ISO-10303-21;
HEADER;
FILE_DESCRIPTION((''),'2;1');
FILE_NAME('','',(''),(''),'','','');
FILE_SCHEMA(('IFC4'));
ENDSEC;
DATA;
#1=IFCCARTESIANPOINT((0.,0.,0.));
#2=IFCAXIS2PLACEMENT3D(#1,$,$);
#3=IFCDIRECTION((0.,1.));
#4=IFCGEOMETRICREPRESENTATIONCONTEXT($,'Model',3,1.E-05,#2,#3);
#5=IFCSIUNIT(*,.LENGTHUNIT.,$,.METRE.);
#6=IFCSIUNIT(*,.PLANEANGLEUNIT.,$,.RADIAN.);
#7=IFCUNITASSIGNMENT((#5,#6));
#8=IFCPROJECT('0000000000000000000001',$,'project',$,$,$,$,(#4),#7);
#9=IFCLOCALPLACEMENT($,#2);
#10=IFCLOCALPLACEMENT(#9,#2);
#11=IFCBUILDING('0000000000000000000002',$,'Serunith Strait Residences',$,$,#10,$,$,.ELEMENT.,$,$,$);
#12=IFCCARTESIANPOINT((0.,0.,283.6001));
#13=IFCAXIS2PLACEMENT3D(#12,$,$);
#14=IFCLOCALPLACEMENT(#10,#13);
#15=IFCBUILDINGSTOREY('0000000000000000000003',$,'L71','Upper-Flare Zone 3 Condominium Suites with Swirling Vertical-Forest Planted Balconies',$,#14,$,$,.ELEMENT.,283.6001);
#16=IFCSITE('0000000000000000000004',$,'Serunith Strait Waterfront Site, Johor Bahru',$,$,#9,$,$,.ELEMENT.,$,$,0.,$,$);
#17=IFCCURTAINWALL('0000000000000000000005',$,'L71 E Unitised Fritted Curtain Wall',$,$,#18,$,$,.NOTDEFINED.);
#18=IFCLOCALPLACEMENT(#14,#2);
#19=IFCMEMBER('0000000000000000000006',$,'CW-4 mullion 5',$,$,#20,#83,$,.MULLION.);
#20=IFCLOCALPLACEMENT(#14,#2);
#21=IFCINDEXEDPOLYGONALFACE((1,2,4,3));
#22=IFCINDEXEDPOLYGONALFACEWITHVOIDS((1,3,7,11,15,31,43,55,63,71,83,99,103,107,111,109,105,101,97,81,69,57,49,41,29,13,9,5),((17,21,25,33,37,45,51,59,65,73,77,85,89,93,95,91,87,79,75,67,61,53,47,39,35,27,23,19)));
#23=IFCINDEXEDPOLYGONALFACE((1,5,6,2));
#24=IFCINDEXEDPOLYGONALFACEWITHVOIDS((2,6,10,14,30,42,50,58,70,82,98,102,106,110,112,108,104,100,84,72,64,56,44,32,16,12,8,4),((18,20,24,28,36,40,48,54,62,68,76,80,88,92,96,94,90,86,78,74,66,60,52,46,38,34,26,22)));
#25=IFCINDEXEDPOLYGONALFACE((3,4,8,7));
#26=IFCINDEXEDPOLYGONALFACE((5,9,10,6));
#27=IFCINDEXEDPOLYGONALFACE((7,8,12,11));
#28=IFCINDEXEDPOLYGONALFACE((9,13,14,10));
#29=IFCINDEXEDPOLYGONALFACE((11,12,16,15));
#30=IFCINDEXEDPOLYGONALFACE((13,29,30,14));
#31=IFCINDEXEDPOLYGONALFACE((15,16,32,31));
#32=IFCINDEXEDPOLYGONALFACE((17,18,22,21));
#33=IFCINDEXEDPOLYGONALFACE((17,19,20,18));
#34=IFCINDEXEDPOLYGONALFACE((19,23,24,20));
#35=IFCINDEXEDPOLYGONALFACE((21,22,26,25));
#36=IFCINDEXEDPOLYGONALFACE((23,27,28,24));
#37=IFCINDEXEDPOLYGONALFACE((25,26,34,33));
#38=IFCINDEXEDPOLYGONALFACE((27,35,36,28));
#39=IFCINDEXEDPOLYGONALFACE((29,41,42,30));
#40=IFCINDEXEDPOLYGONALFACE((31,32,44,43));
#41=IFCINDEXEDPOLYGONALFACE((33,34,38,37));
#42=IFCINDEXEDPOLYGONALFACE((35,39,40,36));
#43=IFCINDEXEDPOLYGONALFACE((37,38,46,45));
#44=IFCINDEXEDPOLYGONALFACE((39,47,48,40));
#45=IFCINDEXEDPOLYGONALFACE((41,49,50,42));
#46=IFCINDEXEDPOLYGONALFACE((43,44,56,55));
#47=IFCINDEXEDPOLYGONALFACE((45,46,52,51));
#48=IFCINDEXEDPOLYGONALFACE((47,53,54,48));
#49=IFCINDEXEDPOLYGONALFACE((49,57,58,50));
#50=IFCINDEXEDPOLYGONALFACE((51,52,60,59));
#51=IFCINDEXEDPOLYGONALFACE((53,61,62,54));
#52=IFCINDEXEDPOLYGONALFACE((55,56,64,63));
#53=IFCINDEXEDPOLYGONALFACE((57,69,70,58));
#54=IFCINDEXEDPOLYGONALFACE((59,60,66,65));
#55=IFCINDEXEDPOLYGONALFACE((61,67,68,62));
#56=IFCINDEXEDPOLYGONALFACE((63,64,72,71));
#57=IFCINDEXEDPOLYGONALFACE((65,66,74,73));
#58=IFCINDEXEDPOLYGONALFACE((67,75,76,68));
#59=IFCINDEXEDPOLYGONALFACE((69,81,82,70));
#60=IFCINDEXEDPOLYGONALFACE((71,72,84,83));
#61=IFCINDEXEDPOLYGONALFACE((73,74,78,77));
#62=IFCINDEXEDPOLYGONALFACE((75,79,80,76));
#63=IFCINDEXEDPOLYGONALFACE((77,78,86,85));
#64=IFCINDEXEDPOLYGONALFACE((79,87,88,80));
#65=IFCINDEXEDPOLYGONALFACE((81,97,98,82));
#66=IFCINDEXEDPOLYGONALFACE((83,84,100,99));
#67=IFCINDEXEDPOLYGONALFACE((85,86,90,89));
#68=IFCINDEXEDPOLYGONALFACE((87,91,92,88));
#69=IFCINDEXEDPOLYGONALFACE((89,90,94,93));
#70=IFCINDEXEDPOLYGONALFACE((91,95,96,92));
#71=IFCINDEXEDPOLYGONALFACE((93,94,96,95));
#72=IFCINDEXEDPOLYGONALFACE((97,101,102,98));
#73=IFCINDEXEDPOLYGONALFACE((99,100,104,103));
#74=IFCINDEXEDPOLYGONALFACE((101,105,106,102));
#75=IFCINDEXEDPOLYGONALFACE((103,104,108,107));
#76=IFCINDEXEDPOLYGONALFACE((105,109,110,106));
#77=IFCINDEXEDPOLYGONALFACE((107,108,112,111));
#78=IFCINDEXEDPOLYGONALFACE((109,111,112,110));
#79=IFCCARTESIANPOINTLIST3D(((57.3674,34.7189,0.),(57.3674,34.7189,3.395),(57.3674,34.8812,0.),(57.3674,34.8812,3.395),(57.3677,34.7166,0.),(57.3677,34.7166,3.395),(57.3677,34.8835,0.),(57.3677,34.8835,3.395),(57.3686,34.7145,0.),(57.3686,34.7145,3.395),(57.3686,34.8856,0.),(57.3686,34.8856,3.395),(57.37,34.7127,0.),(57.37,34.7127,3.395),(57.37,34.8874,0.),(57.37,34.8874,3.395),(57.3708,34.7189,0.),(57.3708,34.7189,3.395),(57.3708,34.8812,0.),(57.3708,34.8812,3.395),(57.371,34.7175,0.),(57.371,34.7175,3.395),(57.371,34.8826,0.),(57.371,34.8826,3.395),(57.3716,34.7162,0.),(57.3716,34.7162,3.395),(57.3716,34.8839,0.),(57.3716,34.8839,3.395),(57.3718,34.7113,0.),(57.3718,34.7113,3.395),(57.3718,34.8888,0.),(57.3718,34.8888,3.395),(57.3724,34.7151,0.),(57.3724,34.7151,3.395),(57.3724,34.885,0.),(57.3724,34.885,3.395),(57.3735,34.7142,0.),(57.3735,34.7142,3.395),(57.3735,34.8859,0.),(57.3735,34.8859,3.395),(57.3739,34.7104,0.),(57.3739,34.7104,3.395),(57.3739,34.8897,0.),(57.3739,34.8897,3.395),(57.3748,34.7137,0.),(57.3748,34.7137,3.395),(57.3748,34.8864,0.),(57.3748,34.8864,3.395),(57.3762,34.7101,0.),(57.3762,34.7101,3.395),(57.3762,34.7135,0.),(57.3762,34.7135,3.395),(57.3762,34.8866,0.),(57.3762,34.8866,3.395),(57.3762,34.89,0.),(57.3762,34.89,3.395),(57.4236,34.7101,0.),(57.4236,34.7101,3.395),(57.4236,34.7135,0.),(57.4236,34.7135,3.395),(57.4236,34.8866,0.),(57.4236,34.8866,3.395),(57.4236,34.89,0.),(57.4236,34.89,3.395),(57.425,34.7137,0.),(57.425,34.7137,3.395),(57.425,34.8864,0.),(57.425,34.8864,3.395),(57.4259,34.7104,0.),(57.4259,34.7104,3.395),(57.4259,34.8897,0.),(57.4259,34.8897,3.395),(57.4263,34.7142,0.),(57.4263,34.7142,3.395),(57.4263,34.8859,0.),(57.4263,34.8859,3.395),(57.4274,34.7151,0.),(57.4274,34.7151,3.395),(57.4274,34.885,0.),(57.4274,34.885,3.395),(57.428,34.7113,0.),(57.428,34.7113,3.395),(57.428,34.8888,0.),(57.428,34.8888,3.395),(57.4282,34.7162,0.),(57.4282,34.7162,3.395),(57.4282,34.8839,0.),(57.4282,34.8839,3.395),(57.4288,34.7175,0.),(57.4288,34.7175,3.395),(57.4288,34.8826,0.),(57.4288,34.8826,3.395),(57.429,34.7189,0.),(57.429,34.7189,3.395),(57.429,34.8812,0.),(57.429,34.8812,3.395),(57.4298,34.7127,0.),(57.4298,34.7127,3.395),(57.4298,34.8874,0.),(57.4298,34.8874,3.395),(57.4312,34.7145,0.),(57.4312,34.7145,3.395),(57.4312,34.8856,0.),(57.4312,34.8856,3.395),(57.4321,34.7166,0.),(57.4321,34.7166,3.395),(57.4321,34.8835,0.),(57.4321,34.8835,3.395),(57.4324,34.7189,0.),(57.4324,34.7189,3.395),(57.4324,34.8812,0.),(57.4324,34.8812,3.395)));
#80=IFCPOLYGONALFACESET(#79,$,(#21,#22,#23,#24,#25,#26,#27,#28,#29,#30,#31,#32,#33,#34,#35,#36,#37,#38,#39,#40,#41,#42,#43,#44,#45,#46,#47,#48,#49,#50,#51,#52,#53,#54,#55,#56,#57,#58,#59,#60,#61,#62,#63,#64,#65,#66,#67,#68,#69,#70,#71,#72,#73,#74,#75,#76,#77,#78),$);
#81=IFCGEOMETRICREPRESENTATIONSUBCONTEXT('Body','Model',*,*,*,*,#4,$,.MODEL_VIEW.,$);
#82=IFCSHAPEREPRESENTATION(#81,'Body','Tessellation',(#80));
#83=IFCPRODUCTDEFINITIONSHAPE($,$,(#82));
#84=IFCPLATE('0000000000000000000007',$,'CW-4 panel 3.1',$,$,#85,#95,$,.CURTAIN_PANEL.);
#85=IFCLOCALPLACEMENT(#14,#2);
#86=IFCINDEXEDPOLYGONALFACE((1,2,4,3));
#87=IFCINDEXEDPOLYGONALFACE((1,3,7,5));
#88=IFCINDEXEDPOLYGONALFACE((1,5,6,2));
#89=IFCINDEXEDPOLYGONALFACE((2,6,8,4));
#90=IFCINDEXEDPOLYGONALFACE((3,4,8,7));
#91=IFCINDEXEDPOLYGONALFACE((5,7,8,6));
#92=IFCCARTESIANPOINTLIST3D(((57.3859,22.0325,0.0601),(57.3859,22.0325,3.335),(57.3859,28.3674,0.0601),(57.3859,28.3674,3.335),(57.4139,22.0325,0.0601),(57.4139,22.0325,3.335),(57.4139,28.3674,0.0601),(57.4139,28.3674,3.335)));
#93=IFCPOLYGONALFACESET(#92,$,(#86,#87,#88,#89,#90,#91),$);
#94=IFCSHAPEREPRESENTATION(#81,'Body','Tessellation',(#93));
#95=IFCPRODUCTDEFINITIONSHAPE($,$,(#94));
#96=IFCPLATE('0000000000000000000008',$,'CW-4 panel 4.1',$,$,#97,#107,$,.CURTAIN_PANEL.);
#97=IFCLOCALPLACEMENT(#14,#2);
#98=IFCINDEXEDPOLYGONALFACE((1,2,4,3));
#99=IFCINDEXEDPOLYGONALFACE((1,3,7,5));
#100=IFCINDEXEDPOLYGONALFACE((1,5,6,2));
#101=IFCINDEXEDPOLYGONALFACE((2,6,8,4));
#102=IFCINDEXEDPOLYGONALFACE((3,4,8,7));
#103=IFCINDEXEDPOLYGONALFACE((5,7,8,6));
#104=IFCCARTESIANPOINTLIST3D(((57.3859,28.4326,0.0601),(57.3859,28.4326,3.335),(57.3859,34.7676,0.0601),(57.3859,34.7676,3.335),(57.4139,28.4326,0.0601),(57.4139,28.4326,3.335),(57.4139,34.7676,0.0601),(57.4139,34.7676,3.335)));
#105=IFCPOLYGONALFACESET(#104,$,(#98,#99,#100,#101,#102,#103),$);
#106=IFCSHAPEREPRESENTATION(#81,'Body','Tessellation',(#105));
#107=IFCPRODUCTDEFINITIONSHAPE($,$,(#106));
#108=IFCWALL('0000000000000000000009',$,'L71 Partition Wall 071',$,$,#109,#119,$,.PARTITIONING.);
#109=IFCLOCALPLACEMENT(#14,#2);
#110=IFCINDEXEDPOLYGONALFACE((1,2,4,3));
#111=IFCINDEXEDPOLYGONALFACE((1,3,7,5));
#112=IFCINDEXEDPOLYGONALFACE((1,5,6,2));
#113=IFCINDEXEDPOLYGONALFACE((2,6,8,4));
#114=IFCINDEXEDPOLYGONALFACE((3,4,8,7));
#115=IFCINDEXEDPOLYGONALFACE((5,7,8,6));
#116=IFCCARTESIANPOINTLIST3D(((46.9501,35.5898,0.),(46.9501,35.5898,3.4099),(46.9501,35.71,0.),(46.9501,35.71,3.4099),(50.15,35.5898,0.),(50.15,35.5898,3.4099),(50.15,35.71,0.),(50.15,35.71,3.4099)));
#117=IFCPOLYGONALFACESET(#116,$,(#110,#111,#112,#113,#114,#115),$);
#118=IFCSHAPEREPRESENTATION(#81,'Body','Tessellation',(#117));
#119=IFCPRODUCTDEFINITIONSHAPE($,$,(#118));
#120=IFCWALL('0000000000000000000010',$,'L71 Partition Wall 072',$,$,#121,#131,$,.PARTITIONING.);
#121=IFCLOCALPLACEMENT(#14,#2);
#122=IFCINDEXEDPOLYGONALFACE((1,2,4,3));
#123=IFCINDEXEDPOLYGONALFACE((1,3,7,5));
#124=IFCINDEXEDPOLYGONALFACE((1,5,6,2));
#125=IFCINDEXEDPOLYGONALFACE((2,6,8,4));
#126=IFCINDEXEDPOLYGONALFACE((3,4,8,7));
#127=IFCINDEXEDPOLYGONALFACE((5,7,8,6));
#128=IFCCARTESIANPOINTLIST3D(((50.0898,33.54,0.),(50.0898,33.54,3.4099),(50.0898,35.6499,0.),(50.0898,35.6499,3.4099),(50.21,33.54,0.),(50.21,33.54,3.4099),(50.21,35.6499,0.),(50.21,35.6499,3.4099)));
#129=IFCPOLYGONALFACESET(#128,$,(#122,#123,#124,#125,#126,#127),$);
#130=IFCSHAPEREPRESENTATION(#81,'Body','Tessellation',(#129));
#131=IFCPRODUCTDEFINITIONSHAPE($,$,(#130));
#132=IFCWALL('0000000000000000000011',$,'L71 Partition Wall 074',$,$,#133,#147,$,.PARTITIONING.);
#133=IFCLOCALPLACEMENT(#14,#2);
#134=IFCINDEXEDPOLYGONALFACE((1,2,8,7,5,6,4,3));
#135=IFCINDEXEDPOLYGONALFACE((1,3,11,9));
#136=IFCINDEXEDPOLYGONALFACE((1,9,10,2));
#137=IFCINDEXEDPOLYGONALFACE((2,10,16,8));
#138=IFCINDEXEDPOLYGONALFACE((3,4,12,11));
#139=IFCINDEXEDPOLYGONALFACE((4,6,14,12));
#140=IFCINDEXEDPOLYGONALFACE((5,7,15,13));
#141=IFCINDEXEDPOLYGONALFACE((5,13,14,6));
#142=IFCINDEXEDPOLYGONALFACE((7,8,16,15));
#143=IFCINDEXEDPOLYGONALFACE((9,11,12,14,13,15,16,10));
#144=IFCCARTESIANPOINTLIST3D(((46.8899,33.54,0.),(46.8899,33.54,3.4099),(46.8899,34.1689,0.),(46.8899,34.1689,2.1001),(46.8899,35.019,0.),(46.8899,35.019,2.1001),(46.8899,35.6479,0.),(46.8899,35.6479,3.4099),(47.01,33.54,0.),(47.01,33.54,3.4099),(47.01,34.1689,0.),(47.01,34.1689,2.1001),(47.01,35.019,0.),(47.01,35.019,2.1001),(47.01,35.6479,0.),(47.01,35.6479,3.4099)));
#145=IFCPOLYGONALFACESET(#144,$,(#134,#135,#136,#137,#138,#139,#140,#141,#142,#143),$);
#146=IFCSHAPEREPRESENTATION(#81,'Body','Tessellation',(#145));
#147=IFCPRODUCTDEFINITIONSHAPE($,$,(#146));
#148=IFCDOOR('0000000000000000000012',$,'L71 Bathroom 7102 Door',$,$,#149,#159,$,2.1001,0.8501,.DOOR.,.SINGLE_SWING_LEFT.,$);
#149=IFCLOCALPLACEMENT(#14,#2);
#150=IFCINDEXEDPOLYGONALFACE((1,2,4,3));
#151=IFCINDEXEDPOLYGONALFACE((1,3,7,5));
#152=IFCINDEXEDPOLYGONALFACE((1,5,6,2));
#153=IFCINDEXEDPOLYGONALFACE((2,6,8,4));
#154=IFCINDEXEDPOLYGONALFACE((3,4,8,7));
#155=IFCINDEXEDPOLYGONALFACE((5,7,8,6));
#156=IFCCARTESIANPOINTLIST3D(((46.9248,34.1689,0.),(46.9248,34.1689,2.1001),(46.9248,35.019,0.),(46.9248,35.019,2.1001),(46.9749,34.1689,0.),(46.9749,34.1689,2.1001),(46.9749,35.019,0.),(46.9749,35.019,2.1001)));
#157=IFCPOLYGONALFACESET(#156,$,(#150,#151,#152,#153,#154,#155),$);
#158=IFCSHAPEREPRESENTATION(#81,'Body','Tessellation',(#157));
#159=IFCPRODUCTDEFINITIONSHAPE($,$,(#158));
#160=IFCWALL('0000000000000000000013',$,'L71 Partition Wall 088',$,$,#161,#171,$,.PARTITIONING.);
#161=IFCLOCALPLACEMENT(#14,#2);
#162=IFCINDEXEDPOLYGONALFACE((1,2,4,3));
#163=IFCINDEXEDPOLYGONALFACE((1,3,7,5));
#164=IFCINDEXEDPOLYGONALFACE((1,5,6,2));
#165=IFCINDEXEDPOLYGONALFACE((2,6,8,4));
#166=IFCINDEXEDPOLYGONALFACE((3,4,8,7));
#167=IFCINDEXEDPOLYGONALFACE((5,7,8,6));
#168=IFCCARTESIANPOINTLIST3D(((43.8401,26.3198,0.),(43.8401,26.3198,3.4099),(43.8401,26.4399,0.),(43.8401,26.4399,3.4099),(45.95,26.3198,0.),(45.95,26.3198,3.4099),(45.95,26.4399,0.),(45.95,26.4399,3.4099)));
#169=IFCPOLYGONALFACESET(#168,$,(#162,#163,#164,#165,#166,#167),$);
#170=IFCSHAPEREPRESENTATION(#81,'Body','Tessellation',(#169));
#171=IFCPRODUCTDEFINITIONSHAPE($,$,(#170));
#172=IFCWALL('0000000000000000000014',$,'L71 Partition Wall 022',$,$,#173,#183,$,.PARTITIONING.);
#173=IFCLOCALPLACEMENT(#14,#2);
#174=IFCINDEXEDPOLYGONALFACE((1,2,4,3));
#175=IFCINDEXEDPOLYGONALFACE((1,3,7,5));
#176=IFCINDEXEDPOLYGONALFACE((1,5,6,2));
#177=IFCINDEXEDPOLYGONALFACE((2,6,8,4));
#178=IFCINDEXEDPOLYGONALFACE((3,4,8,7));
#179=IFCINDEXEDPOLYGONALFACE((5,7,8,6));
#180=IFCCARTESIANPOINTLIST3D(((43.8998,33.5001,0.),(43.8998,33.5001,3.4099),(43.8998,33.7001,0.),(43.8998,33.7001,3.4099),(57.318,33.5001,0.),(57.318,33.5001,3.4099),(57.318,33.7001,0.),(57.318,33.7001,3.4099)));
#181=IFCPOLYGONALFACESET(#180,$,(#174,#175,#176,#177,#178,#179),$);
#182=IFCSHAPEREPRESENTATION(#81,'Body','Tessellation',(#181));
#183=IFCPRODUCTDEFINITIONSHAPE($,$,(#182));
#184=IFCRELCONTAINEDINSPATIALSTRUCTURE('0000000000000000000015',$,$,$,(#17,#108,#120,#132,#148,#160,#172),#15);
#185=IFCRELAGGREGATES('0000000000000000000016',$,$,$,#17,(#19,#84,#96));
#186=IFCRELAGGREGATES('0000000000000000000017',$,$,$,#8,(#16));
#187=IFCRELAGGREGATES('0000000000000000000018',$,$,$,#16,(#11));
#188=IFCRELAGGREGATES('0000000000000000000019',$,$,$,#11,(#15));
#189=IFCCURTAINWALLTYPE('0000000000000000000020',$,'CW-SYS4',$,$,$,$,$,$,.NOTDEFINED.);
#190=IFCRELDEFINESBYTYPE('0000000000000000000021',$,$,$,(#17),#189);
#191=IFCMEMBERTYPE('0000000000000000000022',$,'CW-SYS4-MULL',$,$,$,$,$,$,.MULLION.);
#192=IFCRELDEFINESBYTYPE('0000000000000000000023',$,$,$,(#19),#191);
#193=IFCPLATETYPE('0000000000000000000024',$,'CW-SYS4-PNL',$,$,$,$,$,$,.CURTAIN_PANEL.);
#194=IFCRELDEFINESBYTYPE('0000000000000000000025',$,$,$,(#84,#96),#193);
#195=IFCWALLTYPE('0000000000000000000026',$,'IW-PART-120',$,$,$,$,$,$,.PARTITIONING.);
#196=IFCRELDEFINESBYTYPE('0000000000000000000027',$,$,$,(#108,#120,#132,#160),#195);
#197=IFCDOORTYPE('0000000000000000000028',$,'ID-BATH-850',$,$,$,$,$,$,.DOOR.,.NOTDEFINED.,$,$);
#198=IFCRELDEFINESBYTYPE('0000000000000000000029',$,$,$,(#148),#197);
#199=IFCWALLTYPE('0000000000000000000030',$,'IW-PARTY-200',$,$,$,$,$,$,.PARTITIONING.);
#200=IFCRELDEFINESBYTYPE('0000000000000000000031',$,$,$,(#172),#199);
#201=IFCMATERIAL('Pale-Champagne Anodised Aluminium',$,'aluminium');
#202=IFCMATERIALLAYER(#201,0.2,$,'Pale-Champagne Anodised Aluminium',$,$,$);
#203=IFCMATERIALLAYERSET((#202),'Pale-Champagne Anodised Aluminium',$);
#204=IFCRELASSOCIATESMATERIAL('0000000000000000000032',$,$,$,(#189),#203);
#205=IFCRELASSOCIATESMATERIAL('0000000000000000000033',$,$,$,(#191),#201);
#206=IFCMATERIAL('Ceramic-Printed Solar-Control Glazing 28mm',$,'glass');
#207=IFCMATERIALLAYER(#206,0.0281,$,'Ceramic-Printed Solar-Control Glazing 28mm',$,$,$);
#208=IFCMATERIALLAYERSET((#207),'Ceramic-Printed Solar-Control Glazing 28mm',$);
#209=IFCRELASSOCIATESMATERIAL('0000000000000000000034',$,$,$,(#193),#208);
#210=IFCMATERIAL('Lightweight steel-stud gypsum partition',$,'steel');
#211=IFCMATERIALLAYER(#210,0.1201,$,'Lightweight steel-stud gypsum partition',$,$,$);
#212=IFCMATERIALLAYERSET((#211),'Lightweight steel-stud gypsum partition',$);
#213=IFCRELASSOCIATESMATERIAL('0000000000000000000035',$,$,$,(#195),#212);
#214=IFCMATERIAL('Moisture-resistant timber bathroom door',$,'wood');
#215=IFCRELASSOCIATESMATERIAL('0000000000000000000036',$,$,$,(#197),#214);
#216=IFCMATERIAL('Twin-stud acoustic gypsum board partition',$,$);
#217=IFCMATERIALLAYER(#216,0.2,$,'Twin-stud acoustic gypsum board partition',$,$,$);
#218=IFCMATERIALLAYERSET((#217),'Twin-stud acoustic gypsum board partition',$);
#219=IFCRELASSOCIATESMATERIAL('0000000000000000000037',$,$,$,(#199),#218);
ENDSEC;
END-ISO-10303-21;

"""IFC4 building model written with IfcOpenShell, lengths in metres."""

from ifc_helpers import new_model, si_unit, direction, frame, frame_2d, origin, origin_2d, place, context, subcontext, project, spatial, rectangle, hollow_rectangle, extrude, source, transform, mapped, material, layer, layer_set, material_profile, profile_set, type_object, element, fill, aggregate, save


model = new_model("IFC4")

# Units and contexts
model_context = context("Model", 3, precision=1e-05, world=origin(), true_north=direction((0.0, 1.0)))
body_context = subcontext(model_context, "Body", "Model", "MODEL_VIEW")
ifc_project = project(units=[si_unit("LENGTHUNIT", "METRE"), si_unit("PLANEANGLEUNIT", "RADIAN")], contexts=[model_context])

# Site, building, storey
site_placement = place(None, origin())
site = spatial("IfcSite", under=ifc_project, at=site_placement, Name="Serunith Strait Waterfront Site, Johor Bahru", CompositionType="ELEMENT", RefElevation=0.0)
building_placement = place(site_placement, origin())
building = spatial("IfcBuilding", under=site, at=building_placement, Name="Serunith Strait Residences", CompositionType="ELEMENT")
storey_placement = place(building_placement, frame((0.0, 0.0, 283.6001)))
storey = spatial("IfcBuildingStorey", under=building, at=storey_placement, Name="L71", Description="Upper-Flare Zone 3 Condominium Suites with Swirling Vertical-Forest Planted Balconies", CompositionType="ELEMENT", Elevation=283.6001)

# Curtain wall, member, plates
ifc_material_1 = material(Name="Pale-Champagne Anodised Aluminium", Category="aluminium")
ifc_layer_1 = layer(ifc_material_1, 0.2, Name="Pale-Champagne Anodised Aluminium")
ifc_layer_set_1 = layer_set([ifc_layer_1], Name="Pale-Champagne Anodised Aluminium")
curtain_wall_type = type_object("IfcCurtainWallType", Name="CW-SYS4", PredefinedType="NOTDEFINED", material=ifc_layer_set_1)
curtain_wall_placement = place(storey_placement, origin())
curtain_wall = element("IfcCurtainWall", 1, at=curtain_wall_placement, inside=storey, type_object=curtain_wall_type, Name="L71 E Unitised Fritted Curtain Wall", PredefinedType="NOTDEFINED")
ifc_material_profile_1 = material_profile(ifc_material_1, hollow_rectangle(XDim=0.0649, YDim=0.1799, WallThickness=0.0034, InnerFilletRadius=0.0054, OuterFilletRadius=0.0088, at=origin_2d()), Name="ALU 180x65x3.5")
ifc_profile_set_1 = profile_set([ifc_material_profile_1], Name="Pale-Champagne Anodised Aluminium")
member_type_1 = type_object("IfcMemberType", Name="CW-SYS4-MULL", PredefinedType="MULLION", material=ifc_profile_set_1)
shared_shape_1 = source(origin(), body_context, "Body", "SweptSolid", [
    extrude(hollow_rectangle(XDim=0.0649, YDim=0.1799, WallThickness=0.0034, InnerFilletRadius=0.0054, OuterFilletRadius=0.0088, at=origin_2d()), origin(), (0.0, 0.0, 1.0), 3.395),
])
member_1_placement = place(storey_placement, frame((57.3999, 34.8, 0.0), z_axis=(0.0, 0.0, 1.0), x_axis=(-1.0, 0.0, 0.0)))
member_1 = element("IfcMember", 2, at=member_1_placement, type_object=member_type_1, Name="CW-4 mullion 5", PredefinedType="MULLION", context=body_context, shape_type="MappedRepresentation", body=[
    mapped(shared_shape_1, transform((0.0, 0.0, 0.0), scale=1.0)),
])
ifc_material_2 = material(Name="Ceramic-Printed Solar-Control Glazing 28mm", Category="glass")
ifc_layer_2 = layer(ifc_material_2, 0.0281, Name="Ceramic-Printed Solar-Control Glazing 28mm")
ifc_layer_set_2 = layer_set([ifc_layer_2], Name="Ceramic-Printed Solar-Control Glazing 28mm")
plate_type = type_object("IfcPlateType", Name="CW-SYS4-PNL", PredefinedType="CURTAIN_PANEL", material=ifc_layer_set_2)
shared_shape_2 = source(origin(), body_context, "Body", "SweptSolid", [
    extrude(rectangle(XDim=6.335, YDim=0.0281, at=origin_2d()), origin(), (0.0, 0.0, 1.0), 3.2749),
])
plate_1_placement = place(storey_placement, frame((57.3999, 25.2, 0.0601), z_axis=(0.0, 0.0, 1.0), x_axis=(0.0, 1.0, 0.0)))
plate_1 = element("IfcPlate", 3, at=plate_1_placement, type_object=plate_type, Name="CW-4 panel 3.1", PredefinedType="CURTAIN_PANEL", context=body_context, shape_type="MappedRepresentation", body=[
    mapped(shared_shape_2, transform((0.0, 0.0, 0.0), scale=1.0)),
])
plate_2_placement = place(storey_placement, frame((57.3999, 31.6001, 0.0601), z_axis=(0.0, 0.0, 1.0), x_axis=(0.0, 1.0, 0.0)))
plate_2 = element("IfcPlate", 4, at=plate_2_placement, type_object=plate_type, Name="CW-4 panel 4.1", PredefinedType="CURTAIN_PANEL", context=body_context, shape_type="MappedRepresentation", body=[
    mapped(shared_shape_2, transform((0.0, 0.0, 0.0), scale=1.0)),
])
aggregate(curtain_wall, [member_1, plate_1, plate_2])

# Walls
ifc_material_3 = material(Name="Lightweight steel-stud gypsum partition", Category="steel")
ifc_layer_3 = layer(ifc_material_3, 0.1201, Name="Lightweight steel-stud gypsum partition")
ifc_layer_set_3 = layer_set([ifc_layer_3], Name="Lightweight steel-stud gypsum partition")
wall_type_1 = type_object("IfcWallType", Name="IW-PART-120", PredefinedType="PARTITIONING", material=ifc_layer_set_3)
wall_1_placement = place(storey_placement, frame((46.95, 35.6499, 0.0), z_axis=(0.0, 0.0, 1.0), x_axis=(1.0, 0.0, 0.0)))
element("IfcWall", 5, at=wall_1_placement, inside=storey, type_object=wall_type_1, Name="L71 Partition Wall 071", PredefinedType="PARTITIONING", context=body_context, shape_type="SweptSolid", body=[
    extrude(rectangle(XDim=3.2, YDim=0.1201, at=frame_2d((1.6001, 0.0))), origin(), (0.0, 0.0, 1.0), 3.4099),
])
wall_2_placement = place(storey_placement, frame((50.1499, 35.6499, 0.0), z_axis=(0.0, 0.0, 1.0), x_axis=(0.0, -1.0, 0.0)))
element("IfcWall", 6, at=wall_2_placement, inside=storey, type_object=wall_type_1, Name="L71 Partition Wall 072", PredefinedType="PARTITIONING", context=body_context, shape_type="SweptSolid", body=[
    extrude(rectangle(XDim=2.1099, YDim=0.1201, at=frame_2d((1.0549, 0.0))), origin(), (0.0, 0.0, 1.0), 3.4099),
])

# Wall, opening, door
wall_3_placement = place(storey_placement, frame((46.95, 35.6479, 0.0), z_axis=(0.0, 0.0, 1.0), x_axis=(0.0, -1.0, 0.0)))
wall_3 = element("IfcWall", 7, at=wall_3_placement, inside=storey, type_object=wall_type_1, Name="L71 Partition Wall 074", PredefinedType="PARTITIONING", context=body_context, shape_type="SweptSolid", body=[
    extrude(rectangle(XDim=2.1079, YDim=0.1201, at=frame_2d((1.054, 0.0))), origin(), (0.0, 0.0, 1.0), 3.4099),
])
opening_1_placement = place(wall_3_placement, frame((0.6289, 0.0, 0.0)))
opening_1 = element("IfcOpeningElement", 8, at=opening_1_placement, cuts=wall_3, PredefinedType="OPENING", context=body_context, shape_type="SweptSolid", body=[
    extrude(rectangle(XDim=0.8501, YDim=2.1001, at=frame_2d((0.425, 1.05))), frame((0.0, 0.0701, 0.0), z_axis=(0.0, -1.0, 0.0), x_axis=(1.0, 0.0, 0.0)), (0.0, 0.0, 1.0), 0.1401),
])
ifc_material_4 = material(Name="Moisture-resistant timber bathroom door", Category="wood")
door_type_1 = type_object("IfcDoorType", Name="ID-BATH-850", OperationType="NOTDEFINED", PredefinedType="DOOR", material=ifc_material_4)
shared_shape_3 = source(origin(), body_context, "Body", "SweptSolid", [
    extrude(rectangle(XDim=0.8501, YDim=2.1001, at=frame_2d((0.425, 1.05))), frame((0.0, 0.0249, 0.0), z_axis=(0.0, -1.0, 0.0), x_axis=(1.0, 0.0, 0.0)), (0.0, 0.0, 1.0), 0.05),
])
door_1_placement = place(opening_1_placement, origin())
door_1 = element("IfcDoor", 9, at=door_1_placement, inside=storey, type_object=door_type_1, Name="L71 Bathroom 7102 Door", OperationType="SINGLE_SWING_LEFT", OverallHeight=2.1001, OverallWidth=0.8501, PredefinedType="DOOR", context=body_context, shape_type="MappedRepresentation", body=[
    mapped(shared_shape_3, transform((0.0, 0.0, 0.0), scale=1.0)),
])
fill(opening_1, door_1)

# Walls
wall_4_placement = place(storey_placement, frame((45.95, 26.3799, 0.0), z_axis=(0.0, 0.0, 1.0), x_axis=(-1.0, 0.0, 0.0)))
element("IfcWall", 10, at=wall_4_placement, inside=storey, type_object=wall_type_1, Name="L71 Partition Wall 088", PredefinedType="PARTITIONING", context=body_context, shape_type="SweptSolid", body=[
    extrude(rectangle(XDim=2.1099, YDim=0.1201, at=frame_2d((1.0549, 0.0))), origin(), (0.0, 0.0, 1.0), 3.4099),
])
ifc_material_5 = material(Name="Twin-stud acoustic gypsum board partition")
ifc_layer_4 = layer(ifc_material_5, 0.2, Name="Twin-stud acoustic gypsum board partition")
ifc_layer_set_4 = layer_set([ifc_layer_4], Name="Twin-stud acoustic gypsum board partition")
wall_type_2 = type_object("IfcWallType", Name="IW-PARTY-200", PredefinedType="PARTITIONING", material=ifc_layer_set_4)
wall_5_placement = place(storey_placement, frame((43.8999, 33.6001, 0.0), z_axis=(0.0, 0.0, 1.0), x_axis=(1.0, 0.0, 0.0)))
element("IfcWall", 11, at=wall_5_placement, inside=storey, type_object=wall_type_2, Name="L71 Partition Wall 022", PredefinedType="PARTITIONING", context=body_context, shape_type="SweptSolid", body=[
    extrude(rectangle(XDim=13.4182, YDim=0.2, at=frame_2d((6.709, 0.0))), origin(), (0.0, 0.0, 1.0), 3.4099),
])

save(model, "model.ifc")
